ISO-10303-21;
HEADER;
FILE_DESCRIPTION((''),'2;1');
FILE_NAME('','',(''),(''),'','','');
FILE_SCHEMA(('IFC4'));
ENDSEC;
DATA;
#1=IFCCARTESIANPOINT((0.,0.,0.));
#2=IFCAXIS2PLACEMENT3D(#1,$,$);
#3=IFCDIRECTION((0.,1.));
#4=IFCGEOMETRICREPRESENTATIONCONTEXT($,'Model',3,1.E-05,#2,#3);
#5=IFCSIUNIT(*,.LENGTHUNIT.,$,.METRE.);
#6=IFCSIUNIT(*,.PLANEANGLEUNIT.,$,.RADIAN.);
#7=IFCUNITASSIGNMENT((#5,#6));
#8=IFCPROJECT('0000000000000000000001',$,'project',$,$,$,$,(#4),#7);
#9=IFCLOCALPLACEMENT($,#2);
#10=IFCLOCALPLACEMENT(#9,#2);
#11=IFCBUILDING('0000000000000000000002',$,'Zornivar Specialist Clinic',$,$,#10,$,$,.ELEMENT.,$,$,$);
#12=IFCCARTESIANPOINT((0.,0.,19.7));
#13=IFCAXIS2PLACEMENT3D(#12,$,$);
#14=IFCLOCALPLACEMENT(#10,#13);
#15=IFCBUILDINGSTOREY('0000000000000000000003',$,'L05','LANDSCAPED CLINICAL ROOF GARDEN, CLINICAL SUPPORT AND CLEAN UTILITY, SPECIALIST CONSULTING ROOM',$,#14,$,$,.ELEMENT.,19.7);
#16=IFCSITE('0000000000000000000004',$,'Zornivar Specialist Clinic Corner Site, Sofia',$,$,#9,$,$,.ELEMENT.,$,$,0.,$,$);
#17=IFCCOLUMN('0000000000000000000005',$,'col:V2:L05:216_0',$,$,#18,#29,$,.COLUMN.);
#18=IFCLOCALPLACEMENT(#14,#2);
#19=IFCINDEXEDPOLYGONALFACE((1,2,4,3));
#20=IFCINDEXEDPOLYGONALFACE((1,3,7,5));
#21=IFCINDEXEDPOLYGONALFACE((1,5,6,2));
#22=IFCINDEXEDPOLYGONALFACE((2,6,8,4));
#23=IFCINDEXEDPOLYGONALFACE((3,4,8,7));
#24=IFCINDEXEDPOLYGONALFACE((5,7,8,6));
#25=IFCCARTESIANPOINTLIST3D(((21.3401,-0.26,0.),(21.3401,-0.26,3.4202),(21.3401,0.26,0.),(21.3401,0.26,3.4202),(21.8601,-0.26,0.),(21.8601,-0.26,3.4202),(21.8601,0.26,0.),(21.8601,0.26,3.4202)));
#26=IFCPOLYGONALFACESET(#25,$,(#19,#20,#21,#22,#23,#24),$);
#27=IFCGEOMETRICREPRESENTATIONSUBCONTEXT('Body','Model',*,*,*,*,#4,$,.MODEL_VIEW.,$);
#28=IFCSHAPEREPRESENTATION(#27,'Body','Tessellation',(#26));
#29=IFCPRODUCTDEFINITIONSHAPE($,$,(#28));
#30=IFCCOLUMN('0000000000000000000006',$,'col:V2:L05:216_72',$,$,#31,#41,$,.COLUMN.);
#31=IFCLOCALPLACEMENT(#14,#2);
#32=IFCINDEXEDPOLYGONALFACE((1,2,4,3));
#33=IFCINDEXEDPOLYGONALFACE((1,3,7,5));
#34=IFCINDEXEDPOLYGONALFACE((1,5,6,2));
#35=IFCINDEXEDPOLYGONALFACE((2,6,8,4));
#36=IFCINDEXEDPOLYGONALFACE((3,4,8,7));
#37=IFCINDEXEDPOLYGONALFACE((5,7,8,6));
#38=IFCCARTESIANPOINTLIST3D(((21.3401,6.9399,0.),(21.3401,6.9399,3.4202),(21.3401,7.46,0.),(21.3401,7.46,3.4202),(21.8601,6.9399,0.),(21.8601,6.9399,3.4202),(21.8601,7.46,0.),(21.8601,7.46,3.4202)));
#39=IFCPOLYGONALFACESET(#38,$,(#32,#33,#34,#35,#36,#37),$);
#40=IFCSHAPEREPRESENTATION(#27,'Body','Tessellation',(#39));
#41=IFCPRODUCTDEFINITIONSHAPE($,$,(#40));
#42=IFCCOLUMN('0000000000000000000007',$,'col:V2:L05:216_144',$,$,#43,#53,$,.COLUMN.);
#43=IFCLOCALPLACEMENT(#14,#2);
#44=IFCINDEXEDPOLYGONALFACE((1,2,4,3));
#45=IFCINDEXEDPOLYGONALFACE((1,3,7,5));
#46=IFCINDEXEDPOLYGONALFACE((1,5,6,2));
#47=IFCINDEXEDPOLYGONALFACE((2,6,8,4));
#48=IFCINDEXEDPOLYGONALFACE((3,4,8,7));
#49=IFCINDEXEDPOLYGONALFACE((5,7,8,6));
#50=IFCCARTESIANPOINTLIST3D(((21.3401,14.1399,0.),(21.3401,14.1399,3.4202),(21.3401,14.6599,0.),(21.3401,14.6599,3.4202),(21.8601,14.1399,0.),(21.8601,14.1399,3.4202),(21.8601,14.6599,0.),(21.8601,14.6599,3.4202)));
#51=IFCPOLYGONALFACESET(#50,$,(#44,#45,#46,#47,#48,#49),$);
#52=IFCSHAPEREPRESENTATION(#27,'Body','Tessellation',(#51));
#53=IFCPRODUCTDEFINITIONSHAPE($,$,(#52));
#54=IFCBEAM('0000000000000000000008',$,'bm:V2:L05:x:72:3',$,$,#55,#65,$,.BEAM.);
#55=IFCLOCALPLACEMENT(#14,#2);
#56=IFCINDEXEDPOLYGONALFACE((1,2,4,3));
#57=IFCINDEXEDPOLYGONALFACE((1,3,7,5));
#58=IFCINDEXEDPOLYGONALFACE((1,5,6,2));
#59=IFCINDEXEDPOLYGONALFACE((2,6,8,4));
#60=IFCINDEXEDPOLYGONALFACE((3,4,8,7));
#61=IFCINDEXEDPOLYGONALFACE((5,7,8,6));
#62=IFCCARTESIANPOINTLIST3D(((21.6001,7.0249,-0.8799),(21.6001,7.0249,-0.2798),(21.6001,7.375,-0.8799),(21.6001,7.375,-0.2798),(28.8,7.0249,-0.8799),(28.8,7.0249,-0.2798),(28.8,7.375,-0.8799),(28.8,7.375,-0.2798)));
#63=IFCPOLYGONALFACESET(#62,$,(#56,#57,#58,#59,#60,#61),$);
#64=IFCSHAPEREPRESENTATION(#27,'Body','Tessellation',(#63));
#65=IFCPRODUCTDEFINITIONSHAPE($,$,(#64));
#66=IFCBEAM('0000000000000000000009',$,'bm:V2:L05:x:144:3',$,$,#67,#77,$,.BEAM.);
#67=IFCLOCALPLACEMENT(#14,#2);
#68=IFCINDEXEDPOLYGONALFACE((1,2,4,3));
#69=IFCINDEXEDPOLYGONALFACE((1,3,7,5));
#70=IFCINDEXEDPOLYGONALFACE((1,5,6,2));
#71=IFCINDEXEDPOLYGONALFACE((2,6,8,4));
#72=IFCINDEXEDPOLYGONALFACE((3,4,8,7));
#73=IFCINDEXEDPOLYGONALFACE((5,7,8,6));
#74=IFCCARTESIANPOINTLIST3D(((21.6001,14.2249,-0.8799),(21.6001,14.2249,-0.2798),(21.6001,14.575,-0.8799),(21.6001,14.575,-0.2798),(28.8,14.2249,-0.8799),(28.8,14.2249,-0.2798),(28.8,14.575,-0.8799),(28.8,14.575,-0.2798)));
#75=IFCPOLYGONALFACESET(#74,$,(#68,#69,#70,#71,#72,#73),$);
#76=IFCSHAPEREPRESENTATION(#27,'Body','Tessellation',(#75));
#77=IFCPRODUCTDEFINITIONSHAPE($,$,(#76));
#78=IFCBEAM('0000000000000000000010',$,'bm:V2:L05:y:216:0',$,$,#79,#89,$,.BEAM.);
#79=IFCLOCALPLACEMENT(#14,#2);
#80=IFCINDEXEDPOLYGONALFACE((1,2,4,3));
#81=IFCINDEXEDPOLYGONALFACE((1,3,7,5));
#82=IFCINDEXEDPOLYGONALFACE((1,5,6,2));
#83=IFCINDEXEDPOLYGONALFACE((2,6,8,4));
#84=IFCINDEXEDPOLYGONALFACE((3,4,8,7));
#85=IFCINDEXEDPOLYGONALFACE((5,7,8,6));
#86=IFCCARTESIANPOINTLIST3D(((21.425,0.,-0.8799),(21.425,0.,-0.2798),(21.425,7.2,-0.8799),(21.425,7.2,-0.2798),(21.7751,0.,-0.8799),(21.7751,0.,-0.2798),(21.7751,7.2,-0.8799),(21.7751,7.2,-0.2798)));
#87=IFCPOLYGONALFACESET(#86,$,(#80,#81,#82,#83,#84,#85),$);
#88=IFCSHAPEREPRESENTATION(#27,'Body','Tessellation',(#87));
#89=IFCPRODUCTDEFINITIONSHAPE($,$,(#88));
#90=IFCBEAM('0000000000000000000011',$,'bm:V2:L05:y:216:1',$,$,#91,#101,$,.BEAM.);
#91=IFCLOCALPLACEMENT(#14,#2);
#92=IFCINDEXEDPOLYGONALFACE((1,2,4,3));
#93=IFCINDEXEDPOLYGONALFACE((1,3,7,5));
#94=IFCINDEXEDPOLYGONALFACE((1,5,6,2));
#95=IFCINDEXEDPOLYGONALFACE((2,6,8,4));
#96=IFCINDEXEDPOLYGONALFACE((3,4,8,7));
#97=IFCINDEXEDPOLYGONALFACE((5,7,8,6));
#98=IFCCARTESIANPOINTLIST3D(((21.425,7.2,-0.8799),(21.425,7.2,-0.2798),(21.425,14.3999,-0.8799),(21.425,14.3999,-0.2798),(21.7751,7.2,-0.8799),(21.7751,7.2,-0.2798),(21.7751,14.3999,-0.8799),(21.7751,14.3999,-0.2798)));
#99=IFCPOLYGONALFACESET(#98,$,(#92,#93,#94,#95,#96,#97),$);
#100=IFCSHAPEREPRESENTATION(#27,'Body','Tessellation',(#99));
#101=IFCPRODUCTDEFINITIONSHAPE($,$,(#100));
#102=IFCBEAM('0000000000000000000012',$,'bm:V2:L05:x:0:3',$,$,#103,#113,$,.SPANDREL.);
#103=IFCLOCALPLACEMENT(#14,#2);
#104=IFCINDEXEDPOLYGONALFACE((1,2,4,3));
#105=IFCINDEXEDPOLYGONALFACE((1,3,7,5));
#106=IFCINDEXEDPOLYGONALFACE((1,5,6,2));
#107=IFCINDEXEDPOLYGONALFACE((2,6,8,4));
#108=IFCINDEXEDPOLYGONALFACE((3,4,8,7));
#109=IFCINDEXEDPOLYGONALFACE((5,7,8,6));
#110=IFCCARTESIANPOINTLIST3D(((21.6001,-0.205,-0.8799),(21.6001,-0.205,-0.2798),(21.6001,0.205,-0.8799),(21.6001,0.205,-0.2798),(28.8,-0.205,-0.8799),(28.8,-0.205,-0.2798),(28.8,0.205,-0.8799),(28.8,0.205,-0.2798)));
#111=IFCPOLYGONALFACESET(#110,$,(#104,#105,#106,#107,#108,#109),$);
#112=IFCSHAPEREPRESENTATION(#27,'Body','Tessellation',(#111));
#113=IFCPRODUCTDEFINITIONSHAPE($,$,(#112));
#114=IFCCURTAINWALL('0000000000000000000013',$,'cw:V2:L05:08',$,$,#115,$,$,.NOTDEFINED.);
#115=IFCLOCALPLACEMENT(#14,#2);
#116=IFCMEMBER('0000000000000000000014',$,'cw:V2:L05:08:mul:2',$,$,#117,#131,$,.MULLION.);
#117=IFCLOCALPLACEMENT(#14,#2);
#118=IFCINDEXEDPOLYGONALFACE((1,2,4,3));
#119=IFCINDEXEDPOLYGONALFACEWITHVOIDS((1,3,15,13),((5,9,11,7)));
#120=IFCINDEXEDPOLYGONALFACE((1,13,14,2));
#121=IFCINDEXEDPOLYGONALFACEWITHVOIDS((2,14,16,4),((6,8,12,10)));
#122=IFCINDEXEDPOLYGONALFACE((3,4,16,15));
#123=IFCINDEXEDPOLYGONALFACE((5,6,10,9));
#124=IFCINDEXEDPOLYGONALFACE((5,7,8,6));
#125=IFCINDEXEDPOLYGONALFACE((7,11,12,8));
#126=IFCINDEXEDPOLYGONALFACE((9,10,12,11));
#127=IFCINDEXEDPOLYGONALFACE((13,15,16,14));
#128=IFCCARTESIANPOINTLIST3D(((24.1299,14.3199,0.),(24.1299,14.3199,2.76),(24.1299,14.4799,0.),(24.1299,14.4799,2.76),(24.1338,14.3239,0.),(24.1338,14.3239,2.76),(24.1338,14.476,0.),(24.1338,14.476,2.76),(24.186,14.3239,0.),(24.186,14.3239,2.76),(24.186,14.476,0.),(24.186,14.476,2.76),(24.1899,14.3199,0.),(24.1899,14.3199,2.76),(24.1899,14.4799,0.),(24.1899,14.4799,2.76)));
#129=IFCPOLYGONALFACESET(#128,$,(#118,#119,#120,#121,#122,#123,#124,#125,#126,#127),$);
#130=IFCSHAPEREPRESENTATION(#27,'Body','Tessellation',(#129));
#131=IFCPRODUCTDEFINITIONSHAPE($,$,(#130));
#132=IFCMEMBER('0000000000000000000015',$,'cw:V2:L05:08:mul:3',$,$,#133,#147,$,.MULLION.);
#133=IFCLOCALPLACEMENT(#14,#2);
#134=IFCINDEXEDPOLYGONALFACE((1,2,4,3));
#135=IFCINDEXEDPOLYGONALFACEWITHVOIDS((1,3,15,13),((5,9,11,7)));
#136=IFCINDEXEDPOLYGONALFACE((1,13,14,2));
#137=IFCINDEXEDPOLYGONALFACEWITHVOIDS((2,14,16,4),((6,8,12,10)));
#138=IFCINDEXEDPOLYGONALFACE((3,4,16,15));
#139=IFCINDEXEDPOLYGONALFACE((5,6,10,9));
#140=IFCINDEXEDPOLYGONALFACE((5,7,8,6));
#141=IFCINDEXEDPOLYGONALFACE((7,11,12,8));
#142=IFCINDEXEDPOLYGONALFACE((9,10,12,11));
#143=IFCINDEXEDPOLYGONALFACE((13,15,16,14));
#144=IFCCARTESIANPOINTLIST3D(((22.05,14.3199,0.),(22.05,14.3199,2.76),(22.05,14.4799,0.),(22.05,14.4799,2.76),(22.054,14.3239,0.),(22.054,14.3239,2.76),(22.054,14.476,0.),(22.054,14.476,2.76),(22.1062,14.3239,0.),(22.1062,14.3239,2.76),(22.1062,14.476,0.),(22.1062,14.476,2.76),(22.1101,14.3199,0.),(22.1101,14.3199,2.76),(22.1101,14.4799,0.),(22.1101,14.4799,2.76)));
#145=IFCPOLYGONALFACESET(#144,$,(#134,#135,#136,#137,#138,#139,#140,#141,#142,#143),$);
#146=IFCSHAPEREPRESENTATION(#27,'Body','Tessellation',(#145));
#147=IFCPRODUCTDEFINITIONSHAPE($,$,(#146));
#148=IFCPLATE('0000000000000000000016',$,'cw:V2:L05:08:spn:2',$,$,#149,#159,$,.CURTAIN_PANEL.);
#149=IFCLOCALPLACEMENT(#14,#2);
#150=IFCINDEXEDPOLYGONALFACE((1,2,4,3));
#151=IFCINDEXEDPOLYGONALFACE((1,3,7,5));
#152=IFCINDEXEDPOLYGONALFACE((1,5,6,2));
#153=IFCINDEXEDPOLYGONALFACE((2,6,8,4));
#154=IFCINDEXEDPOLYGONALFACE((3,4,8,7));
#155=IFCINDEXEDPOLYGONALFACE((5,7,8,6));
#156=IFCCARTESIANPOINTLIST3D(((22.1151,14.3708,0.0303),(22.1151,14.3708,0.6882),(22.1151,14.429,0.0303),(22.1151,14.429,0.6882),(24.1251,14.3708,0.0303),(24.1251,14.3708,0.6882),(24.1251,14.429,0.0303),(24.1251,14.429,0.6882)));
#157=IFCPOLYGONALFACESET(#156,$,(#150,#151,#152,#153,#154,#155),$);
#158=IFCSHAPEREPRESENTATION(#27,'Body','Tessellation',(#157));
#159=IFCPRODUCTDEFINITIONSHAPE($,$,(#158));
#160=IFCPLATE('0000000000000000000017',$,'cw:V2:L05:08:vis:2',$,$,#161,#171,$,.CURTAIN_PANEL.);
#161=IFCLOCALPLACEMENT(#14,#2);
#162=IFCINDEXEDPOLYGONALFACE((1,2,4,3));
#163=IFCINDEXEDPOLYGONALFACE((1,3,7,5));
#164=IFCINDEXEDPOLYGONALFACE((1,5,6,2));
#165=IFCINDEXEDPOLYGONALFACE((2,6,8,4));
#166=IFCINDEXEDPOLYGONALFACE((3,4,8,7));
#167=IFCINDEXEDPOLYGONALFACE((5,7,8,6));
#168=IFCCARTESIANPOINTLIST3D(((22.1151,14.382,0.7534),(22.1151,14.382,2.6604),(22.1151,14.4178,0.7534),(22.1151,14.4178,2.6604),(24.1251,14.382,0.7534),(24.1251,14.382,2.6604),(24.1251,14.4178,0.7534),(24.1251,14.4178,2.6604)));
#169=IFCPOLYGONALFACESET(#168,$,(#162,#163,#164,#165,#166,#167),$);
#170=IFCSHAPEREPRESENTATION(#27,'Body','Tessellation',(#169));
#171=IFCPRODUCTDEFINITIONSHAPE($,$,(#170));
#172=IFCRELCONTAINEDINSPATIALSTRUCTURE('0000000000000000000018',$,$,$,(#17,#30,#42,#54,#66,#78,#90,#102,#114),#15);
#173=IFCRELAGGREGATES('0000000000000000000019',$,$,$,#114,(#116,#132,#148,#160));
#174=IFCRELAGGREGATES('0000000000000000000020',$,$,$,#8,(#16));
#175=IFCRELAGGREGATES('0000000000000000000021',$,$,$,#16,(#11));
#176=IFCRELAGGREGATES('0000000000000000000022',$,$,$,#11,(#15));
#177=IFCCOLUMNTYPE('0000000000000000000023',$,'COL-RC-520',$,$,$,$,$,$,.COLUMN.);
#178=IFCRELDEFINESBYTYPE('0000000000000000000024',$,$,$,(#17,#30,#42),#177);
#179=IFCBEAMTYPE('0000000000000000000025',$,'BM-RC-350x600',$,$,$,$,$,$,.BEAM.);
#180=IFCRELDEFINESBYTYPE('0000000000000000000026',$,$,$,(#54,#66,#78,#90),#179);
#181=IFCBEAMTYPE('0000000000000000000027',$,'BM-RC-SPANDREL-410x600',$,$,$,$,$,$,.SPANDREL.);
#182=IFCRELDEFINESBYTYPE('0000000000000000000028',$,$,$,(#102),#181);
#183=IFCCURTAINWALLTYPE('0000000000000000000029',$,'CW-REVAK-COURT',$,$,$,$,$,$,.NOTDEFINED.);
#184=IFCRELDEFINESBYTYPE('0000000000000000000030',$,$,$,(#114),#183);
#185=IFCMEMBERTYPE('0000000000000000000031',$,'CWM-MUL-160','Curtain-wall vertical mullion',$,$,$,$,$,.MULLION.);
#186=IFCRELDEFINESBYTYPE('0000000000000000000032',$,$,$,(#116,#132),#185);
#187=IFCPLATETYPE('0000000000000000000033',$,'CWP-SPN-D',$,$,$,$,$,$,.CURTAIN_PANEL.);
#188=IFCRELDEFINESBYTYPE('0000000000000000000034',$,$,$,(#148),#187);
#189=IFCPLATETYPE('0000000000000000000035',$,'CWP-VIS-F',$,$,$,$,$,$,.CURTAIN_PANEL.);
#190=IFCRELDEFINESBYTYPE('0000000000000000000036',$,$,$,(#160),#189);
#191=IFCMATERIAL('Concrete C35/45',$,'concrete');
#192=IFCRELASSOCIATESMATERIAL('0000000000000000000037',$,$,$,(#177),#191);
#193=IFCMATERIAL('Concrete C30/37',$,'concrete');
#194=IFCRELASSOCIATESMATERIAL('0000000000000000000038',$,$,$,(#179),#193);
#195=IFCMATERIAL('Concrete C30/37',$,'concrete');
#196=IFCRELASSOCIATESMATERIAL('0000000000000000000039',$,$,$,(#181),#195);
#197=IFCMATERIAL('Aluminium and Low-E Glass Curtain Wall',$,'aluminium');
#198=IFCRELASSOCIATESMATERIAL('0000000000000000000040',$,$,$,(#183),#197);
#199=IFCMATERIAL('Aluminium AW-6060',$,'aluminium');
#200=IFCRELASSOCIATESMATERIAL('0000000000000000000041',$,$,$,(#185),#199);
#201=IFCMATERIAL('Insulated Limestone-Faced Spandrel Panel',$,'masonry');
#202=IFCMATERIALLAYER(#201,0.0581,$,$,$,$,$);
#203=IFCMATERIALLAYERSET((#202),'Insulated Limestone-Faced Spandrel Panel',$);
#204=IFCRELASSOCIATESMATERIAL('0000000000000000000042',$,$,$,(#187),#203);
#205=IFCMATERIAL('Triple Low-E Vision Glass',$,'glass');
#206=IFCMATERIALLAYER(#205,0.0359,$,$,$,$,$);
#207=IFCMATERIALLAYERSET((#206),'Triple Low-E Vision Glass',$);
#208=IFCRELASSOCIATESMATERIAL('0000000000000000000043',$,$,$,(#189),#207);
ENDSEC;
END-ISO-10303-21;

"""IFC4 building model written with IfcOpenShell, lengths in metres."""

from ifc_helpers import new_model, si_unit, direction, frame, origin, origin_2d, place, context, subcontext, project, spatial, rectangle, hollow_rectangle, extrude, material, layer, layer_set, material_profile, profile_set, type_object, element, aggregate, save


model = new_model("IFC4")

# Units and contexts
model_context = context("Model", 3, precision=1e-05, world=origin(), true_north=direction((0.0, 1.0)))
body_context = subcontext(model_context, "Body", "Model", "MODEL_VIEW")
ifc_project = project(units=[si_unit("LENGTHUNIT", "METRE"), si_unit("PLANEANGLEUNIT", "RADIAN")], contexts=[model_context])

# Site, building, storey
site_placement = place(None, origin())
site = spatial("IfcSite", under=ifc_project, at=site_placement, Name="Zornivar Specialist Clinic Corner Site, Sofia", CompositionType="ELEMENT", RefElevation=0.0)
building_placement = place(site_placement, origin())
building = spatial("IfcBuilding", under=site, at=building_placement, Name="Zornivar Specialist Clinic", CompositionType="ELEMENT")
storey_placement = place(building_placement, frame((0.0, 0.0, 19.7)))
storey = spatial("IfcBuildingStorey", under=building, at=storey_placement, Name="L05", Description="LANDSCAPED CLINICAL ROOF GARDEN, CLINICAL SUPPORT AND CLEAN UTILITY, SPECIALIST CONSULTING ROOM", CompositionType="ELEMENT", Elevation=19.7)

# Columns
ifc_material_1 = material(Name="Concrete C35/45", Category="concrete")
ifc_material_profile_1 = material_profile(ifc_material_1, rectangle(XDim=0.52, YDim=0.52, at=origin_2d()), Name="RC 520x520")
ifc_profile_set_1 = profile_set([ifc_material_profile_1], Name="Concrete C35/45")
column_type = type_object("IfcColumnType", Name="COL-RC-520", PredefinedType="COLUMN", material=ifc_profile_set_1)
for number, where, z_axis, x_axis, name in (
    (1, (21.6001, 0.0, 0.0), (0.0, 0.0, 1.0), (1.0, 0.0, 0.0), "col:V2:L05:216_0"),
    (2, (21.6001, 7.2, 0.0), (0.0, 0.0, 1.0), (1.0, 0.0, 0.0), "col:V2:L05:216_72"),
    (3, (21.6001, 14.3999, 0.0), (0.0, 0.0, 1.0), (1.0, 0.0, 0.0), "col:V2:L05:216_144"),
):
    element("IfcColumn", number, at=place(storey_placement, frame(where, z_axis=z_axis, x_axis=x_axis)), inside=storey, type_object=column_type, Name=name, PredefinedType="COLUMN", context=body_context, shape_type="SweptSolid", body=[
        extrude(rectangle(XDim=0.52, YDim=0.52, at=origin_2d()), origin(), (0.0, 0.0, 1.0), 3.4202),
    ])

# Beams
ifc_material_2 = material(Name="Concrete C30/37", Category="concrete")
ifc_material_profile_2 = material_profile(ifc_material_2, rectangle(XDim=0.3501, YDim=0.6001, at=origin_2d()), Name="RC 350x600")
ifc_profile_set_2 = profile_set([ifc_material_profile_2], Name="Concrete C30/37")
beam_type_1 = type_object("IfcBeamType", Name="BM-RC-350x600", PredefinedType="BEAM", material=ifc_profile_set_2)
for number, where, z_axis, x_axis, name in (
    (4, (21.6001, 7.2, -0.5798), (1.0, 0.0, 0.0), (0.0, 1.0, 0.0), "bm:V2:L05:x:72:3"),
    (5, (21.6001, 14.3999, -0.5798), (1.0, 0.0, 0.0), (0.0, 1.0, 0.0), "bm:V2:L05:x:144:3"),
    (6, (21.6001, 0.0, -0.5798), (0.0, 1.0, 0.0), (-1.0, 0.0, 0.0), "bm:V2:L05:y:216:0"),
    (7, (21.6001, 7.2, -0.5798), (0.0, 1.0, 0.0), (-1.0, 0.0, 0.0), "bm:V2:L05:y:216:1"),
):
    element("IfcBeam", number, at=place(storey_placement, frame(where, z_axis=z_axis, x_axis=x_axis)), inside=storey, type_object=beam_type_1, Name=name, PredefinedType="BEAM", context=body_context, shape_type="SweptSolid", body=[
        extrude(rectangle(XDim=0.3501, YDim=0.6001, at=origin_2d()), origin(), (0.0, 0.0, 1.0), 7.2),
    ])
ifc_material_3 = material(Name="Concrete C30/37", Category="concrete")
ifc_material_profile_3 = material_profile(ifc_material_3, rectangle(XDim=0.4099, YDim=0.6001, at=origin_2d()), Name="RC 410x600")
ifc_profile_set_3 = profile_set([ifc_material_profile_3], Name="Concrete C30/37")
beam_type_2 = type_object("IfcBeamType", Name="BM-RC-SPANDREL-410x600", PredefinedType="SPANDREL", material=ifc_profile_set_3)
beam_placement = place(storey_placement, frame((21.6001, 0.0, -0.5798), z_axis=(1.0, 0.0, 0.0), x_axis=(0.0, 1.0, 0.0)))
element("IfcBeam", 8, at=beam_placement, inside=storey, type_object=beam_type_2, Name="bm:V2:L05:x:0:3", PredefinedType="SPANDREL", context=body_context, shape_type="SweptSolid", body=[
    extrude(rectangle(XDim=0.4099, YDim=0.6001, at=origin_2d()), origin(), (0.0, 0.0, 1.0), 7.2),
])

# Curtain wall, members, plates
ifc_material_4 = material(Name="Aluminium and Low-E Glass Curtain Wall", Category="aluminium")
curtain_wall_type = type_object("IfcCurtainWallType", Name="CW-REVAK-COURT", PredefinedType="NOTDEFINED", material=ifc_material_4)
curtain_wall_placement = place(storey_placement, origin())
curtain_wall = element("IfcCurtainWall", 9, at=curtain_wall_placement, inside=storey, type_object=curtain_wall_type, Name="cw:V2:L05:08", PredefinedType="NOTDEFINED")
ifc_material_5 = material(Name="Aluminium AW-6060", Category="aluminium")
ifc_material_profile_4 = material_profile(ifc_material_5, hollow_rectangle(XDim=0.0601, YDim=0.1599, WallThickness=0.0039, at=origin_2d()), Name="ALU 60x160x4")
ifc_profile_set_4 = profile_set([ifc_material_profile_4], Name="Aluminium AW-6060")
member_type = type_object("IfcMemberType", Name="CWM-MUL-160", Description="Curtain-wall vertical mullion", PredefinedType="MULLION", material=ifc_profile_set_4)
member_1_placement = place(storey_placement, frame((24.1599, 14.3999, 0.0), z_axis=(0.0, 0.0, 1.0), x_axis=(1.0, 0.0, 0.0)))
member_1 = element("IfcMember", 10, at=member_1_placement, type_object=member_type, Name="cw:V2:L05:08:mul:2", PredefinedType="MULLION", context=body_context, shape_type="SweptSolid", body=[
    extrude(hollow_rectangle(XDim=0.0601, YDim=0.1599, WallThickness=0.0039, at=origin_2d()), origin(), (0.0, 0.0, 1.0), 2.76),
])
member_2_placement = place(storey_placement, frame((22.0801, 14.3999, 0.0), z_axis=(0.0, 0.0, 1.0), x_axis=(1.0, 0.0, 0.0)))
member_2 = element("IfcMember", 11, at=member_2_placement, type_object=member_type, Name="cw:V2:L05:08:mul:3", PredefinedType="MULLION", context=body_context, shape_type="SweptSolid", body=[
    extrude(hollow_rectangle(XDim=0.0601, YDim=0.1599, WallThickness=0.0039, at=origin_2d()), origin(), (0.0, 0.0, 1.0), 2.76),
])
ifc_material_6 = material(Name="Insulated Limestone-Faced Spandrel Panel", Category="masonry")
ifc_layer_1 = layer(ifc_material_6, 0.0581)
ifc_layer_set_1 = layer_set([ifc_layer_1], Name="Insulated Limestone-Faced Spandrel Panel")
plate_type_1 = type_object("IfcPlateType", Name="CWP-SPN-D", PredefinedType="CURTAIN_PANEL", material=ifc_layer_set_1)
plate_1_placement = place(storey_placement, frame((23.1201, 14.3999, 0.0303), z_axis=(0.0, 0.0, 1.0), x_axis=(-1.0, 0.0, 0.0)))
plate_1 = element("IfcPlate", 12, at=plate_1_placement, type_object=plate_type_1, Name="cw:V2:L05:08:spn:2", PredefinedType="CURTAIN_PANEL", context=body_context, shape_type="SweptSolid", body=[
    extrude(rectangle(XDim=2.01, YDim=0.0581, at=origin_2d()), origin(), (0.0, 0.0, 1.0), 0.658),
])
ifc_material_7 = material(Name="Triple Low-E Vision Glass", Category="glass")
ifc_layer_2 = layer(ifc_material_7, 0.0359)
ifc_layer_set_2 = layer_set([ifc_layer_2], Name="Triple Low-E Vision Glass")
plate_type_2 = type_object("IfcPlateType", Name="CWP-VIS-F", PredefinedType="CURTAIN_PANEL", material=ifc_layer_set_2)
plate_2_placement = place(storey_placement, frame((23.1201, 14.3999, 0.7534), z_axis=(0.0, 0.0, 1.0), x_axis=(-1.0, 0.0, 0.0)))
plate_2 = element("IfcPlate", 13, at=plate_2_placement, type_object=plate_type_2, Name="cw:V2:L05:08:vis:2", PredefinedType="CURTAIN_PANEL", context=body_context, shape_type="SweptSolid", body=[
    extrude(rectangle(XDim=2.01, YDim=0.0359, at=origin_2d()), origin(), (0.0, 0.0, 1.0), 1.907),
])
aggregate(curtain_wall, [member_1, member_2, plate_1, plate_2])

save(model, "model.ifc")
